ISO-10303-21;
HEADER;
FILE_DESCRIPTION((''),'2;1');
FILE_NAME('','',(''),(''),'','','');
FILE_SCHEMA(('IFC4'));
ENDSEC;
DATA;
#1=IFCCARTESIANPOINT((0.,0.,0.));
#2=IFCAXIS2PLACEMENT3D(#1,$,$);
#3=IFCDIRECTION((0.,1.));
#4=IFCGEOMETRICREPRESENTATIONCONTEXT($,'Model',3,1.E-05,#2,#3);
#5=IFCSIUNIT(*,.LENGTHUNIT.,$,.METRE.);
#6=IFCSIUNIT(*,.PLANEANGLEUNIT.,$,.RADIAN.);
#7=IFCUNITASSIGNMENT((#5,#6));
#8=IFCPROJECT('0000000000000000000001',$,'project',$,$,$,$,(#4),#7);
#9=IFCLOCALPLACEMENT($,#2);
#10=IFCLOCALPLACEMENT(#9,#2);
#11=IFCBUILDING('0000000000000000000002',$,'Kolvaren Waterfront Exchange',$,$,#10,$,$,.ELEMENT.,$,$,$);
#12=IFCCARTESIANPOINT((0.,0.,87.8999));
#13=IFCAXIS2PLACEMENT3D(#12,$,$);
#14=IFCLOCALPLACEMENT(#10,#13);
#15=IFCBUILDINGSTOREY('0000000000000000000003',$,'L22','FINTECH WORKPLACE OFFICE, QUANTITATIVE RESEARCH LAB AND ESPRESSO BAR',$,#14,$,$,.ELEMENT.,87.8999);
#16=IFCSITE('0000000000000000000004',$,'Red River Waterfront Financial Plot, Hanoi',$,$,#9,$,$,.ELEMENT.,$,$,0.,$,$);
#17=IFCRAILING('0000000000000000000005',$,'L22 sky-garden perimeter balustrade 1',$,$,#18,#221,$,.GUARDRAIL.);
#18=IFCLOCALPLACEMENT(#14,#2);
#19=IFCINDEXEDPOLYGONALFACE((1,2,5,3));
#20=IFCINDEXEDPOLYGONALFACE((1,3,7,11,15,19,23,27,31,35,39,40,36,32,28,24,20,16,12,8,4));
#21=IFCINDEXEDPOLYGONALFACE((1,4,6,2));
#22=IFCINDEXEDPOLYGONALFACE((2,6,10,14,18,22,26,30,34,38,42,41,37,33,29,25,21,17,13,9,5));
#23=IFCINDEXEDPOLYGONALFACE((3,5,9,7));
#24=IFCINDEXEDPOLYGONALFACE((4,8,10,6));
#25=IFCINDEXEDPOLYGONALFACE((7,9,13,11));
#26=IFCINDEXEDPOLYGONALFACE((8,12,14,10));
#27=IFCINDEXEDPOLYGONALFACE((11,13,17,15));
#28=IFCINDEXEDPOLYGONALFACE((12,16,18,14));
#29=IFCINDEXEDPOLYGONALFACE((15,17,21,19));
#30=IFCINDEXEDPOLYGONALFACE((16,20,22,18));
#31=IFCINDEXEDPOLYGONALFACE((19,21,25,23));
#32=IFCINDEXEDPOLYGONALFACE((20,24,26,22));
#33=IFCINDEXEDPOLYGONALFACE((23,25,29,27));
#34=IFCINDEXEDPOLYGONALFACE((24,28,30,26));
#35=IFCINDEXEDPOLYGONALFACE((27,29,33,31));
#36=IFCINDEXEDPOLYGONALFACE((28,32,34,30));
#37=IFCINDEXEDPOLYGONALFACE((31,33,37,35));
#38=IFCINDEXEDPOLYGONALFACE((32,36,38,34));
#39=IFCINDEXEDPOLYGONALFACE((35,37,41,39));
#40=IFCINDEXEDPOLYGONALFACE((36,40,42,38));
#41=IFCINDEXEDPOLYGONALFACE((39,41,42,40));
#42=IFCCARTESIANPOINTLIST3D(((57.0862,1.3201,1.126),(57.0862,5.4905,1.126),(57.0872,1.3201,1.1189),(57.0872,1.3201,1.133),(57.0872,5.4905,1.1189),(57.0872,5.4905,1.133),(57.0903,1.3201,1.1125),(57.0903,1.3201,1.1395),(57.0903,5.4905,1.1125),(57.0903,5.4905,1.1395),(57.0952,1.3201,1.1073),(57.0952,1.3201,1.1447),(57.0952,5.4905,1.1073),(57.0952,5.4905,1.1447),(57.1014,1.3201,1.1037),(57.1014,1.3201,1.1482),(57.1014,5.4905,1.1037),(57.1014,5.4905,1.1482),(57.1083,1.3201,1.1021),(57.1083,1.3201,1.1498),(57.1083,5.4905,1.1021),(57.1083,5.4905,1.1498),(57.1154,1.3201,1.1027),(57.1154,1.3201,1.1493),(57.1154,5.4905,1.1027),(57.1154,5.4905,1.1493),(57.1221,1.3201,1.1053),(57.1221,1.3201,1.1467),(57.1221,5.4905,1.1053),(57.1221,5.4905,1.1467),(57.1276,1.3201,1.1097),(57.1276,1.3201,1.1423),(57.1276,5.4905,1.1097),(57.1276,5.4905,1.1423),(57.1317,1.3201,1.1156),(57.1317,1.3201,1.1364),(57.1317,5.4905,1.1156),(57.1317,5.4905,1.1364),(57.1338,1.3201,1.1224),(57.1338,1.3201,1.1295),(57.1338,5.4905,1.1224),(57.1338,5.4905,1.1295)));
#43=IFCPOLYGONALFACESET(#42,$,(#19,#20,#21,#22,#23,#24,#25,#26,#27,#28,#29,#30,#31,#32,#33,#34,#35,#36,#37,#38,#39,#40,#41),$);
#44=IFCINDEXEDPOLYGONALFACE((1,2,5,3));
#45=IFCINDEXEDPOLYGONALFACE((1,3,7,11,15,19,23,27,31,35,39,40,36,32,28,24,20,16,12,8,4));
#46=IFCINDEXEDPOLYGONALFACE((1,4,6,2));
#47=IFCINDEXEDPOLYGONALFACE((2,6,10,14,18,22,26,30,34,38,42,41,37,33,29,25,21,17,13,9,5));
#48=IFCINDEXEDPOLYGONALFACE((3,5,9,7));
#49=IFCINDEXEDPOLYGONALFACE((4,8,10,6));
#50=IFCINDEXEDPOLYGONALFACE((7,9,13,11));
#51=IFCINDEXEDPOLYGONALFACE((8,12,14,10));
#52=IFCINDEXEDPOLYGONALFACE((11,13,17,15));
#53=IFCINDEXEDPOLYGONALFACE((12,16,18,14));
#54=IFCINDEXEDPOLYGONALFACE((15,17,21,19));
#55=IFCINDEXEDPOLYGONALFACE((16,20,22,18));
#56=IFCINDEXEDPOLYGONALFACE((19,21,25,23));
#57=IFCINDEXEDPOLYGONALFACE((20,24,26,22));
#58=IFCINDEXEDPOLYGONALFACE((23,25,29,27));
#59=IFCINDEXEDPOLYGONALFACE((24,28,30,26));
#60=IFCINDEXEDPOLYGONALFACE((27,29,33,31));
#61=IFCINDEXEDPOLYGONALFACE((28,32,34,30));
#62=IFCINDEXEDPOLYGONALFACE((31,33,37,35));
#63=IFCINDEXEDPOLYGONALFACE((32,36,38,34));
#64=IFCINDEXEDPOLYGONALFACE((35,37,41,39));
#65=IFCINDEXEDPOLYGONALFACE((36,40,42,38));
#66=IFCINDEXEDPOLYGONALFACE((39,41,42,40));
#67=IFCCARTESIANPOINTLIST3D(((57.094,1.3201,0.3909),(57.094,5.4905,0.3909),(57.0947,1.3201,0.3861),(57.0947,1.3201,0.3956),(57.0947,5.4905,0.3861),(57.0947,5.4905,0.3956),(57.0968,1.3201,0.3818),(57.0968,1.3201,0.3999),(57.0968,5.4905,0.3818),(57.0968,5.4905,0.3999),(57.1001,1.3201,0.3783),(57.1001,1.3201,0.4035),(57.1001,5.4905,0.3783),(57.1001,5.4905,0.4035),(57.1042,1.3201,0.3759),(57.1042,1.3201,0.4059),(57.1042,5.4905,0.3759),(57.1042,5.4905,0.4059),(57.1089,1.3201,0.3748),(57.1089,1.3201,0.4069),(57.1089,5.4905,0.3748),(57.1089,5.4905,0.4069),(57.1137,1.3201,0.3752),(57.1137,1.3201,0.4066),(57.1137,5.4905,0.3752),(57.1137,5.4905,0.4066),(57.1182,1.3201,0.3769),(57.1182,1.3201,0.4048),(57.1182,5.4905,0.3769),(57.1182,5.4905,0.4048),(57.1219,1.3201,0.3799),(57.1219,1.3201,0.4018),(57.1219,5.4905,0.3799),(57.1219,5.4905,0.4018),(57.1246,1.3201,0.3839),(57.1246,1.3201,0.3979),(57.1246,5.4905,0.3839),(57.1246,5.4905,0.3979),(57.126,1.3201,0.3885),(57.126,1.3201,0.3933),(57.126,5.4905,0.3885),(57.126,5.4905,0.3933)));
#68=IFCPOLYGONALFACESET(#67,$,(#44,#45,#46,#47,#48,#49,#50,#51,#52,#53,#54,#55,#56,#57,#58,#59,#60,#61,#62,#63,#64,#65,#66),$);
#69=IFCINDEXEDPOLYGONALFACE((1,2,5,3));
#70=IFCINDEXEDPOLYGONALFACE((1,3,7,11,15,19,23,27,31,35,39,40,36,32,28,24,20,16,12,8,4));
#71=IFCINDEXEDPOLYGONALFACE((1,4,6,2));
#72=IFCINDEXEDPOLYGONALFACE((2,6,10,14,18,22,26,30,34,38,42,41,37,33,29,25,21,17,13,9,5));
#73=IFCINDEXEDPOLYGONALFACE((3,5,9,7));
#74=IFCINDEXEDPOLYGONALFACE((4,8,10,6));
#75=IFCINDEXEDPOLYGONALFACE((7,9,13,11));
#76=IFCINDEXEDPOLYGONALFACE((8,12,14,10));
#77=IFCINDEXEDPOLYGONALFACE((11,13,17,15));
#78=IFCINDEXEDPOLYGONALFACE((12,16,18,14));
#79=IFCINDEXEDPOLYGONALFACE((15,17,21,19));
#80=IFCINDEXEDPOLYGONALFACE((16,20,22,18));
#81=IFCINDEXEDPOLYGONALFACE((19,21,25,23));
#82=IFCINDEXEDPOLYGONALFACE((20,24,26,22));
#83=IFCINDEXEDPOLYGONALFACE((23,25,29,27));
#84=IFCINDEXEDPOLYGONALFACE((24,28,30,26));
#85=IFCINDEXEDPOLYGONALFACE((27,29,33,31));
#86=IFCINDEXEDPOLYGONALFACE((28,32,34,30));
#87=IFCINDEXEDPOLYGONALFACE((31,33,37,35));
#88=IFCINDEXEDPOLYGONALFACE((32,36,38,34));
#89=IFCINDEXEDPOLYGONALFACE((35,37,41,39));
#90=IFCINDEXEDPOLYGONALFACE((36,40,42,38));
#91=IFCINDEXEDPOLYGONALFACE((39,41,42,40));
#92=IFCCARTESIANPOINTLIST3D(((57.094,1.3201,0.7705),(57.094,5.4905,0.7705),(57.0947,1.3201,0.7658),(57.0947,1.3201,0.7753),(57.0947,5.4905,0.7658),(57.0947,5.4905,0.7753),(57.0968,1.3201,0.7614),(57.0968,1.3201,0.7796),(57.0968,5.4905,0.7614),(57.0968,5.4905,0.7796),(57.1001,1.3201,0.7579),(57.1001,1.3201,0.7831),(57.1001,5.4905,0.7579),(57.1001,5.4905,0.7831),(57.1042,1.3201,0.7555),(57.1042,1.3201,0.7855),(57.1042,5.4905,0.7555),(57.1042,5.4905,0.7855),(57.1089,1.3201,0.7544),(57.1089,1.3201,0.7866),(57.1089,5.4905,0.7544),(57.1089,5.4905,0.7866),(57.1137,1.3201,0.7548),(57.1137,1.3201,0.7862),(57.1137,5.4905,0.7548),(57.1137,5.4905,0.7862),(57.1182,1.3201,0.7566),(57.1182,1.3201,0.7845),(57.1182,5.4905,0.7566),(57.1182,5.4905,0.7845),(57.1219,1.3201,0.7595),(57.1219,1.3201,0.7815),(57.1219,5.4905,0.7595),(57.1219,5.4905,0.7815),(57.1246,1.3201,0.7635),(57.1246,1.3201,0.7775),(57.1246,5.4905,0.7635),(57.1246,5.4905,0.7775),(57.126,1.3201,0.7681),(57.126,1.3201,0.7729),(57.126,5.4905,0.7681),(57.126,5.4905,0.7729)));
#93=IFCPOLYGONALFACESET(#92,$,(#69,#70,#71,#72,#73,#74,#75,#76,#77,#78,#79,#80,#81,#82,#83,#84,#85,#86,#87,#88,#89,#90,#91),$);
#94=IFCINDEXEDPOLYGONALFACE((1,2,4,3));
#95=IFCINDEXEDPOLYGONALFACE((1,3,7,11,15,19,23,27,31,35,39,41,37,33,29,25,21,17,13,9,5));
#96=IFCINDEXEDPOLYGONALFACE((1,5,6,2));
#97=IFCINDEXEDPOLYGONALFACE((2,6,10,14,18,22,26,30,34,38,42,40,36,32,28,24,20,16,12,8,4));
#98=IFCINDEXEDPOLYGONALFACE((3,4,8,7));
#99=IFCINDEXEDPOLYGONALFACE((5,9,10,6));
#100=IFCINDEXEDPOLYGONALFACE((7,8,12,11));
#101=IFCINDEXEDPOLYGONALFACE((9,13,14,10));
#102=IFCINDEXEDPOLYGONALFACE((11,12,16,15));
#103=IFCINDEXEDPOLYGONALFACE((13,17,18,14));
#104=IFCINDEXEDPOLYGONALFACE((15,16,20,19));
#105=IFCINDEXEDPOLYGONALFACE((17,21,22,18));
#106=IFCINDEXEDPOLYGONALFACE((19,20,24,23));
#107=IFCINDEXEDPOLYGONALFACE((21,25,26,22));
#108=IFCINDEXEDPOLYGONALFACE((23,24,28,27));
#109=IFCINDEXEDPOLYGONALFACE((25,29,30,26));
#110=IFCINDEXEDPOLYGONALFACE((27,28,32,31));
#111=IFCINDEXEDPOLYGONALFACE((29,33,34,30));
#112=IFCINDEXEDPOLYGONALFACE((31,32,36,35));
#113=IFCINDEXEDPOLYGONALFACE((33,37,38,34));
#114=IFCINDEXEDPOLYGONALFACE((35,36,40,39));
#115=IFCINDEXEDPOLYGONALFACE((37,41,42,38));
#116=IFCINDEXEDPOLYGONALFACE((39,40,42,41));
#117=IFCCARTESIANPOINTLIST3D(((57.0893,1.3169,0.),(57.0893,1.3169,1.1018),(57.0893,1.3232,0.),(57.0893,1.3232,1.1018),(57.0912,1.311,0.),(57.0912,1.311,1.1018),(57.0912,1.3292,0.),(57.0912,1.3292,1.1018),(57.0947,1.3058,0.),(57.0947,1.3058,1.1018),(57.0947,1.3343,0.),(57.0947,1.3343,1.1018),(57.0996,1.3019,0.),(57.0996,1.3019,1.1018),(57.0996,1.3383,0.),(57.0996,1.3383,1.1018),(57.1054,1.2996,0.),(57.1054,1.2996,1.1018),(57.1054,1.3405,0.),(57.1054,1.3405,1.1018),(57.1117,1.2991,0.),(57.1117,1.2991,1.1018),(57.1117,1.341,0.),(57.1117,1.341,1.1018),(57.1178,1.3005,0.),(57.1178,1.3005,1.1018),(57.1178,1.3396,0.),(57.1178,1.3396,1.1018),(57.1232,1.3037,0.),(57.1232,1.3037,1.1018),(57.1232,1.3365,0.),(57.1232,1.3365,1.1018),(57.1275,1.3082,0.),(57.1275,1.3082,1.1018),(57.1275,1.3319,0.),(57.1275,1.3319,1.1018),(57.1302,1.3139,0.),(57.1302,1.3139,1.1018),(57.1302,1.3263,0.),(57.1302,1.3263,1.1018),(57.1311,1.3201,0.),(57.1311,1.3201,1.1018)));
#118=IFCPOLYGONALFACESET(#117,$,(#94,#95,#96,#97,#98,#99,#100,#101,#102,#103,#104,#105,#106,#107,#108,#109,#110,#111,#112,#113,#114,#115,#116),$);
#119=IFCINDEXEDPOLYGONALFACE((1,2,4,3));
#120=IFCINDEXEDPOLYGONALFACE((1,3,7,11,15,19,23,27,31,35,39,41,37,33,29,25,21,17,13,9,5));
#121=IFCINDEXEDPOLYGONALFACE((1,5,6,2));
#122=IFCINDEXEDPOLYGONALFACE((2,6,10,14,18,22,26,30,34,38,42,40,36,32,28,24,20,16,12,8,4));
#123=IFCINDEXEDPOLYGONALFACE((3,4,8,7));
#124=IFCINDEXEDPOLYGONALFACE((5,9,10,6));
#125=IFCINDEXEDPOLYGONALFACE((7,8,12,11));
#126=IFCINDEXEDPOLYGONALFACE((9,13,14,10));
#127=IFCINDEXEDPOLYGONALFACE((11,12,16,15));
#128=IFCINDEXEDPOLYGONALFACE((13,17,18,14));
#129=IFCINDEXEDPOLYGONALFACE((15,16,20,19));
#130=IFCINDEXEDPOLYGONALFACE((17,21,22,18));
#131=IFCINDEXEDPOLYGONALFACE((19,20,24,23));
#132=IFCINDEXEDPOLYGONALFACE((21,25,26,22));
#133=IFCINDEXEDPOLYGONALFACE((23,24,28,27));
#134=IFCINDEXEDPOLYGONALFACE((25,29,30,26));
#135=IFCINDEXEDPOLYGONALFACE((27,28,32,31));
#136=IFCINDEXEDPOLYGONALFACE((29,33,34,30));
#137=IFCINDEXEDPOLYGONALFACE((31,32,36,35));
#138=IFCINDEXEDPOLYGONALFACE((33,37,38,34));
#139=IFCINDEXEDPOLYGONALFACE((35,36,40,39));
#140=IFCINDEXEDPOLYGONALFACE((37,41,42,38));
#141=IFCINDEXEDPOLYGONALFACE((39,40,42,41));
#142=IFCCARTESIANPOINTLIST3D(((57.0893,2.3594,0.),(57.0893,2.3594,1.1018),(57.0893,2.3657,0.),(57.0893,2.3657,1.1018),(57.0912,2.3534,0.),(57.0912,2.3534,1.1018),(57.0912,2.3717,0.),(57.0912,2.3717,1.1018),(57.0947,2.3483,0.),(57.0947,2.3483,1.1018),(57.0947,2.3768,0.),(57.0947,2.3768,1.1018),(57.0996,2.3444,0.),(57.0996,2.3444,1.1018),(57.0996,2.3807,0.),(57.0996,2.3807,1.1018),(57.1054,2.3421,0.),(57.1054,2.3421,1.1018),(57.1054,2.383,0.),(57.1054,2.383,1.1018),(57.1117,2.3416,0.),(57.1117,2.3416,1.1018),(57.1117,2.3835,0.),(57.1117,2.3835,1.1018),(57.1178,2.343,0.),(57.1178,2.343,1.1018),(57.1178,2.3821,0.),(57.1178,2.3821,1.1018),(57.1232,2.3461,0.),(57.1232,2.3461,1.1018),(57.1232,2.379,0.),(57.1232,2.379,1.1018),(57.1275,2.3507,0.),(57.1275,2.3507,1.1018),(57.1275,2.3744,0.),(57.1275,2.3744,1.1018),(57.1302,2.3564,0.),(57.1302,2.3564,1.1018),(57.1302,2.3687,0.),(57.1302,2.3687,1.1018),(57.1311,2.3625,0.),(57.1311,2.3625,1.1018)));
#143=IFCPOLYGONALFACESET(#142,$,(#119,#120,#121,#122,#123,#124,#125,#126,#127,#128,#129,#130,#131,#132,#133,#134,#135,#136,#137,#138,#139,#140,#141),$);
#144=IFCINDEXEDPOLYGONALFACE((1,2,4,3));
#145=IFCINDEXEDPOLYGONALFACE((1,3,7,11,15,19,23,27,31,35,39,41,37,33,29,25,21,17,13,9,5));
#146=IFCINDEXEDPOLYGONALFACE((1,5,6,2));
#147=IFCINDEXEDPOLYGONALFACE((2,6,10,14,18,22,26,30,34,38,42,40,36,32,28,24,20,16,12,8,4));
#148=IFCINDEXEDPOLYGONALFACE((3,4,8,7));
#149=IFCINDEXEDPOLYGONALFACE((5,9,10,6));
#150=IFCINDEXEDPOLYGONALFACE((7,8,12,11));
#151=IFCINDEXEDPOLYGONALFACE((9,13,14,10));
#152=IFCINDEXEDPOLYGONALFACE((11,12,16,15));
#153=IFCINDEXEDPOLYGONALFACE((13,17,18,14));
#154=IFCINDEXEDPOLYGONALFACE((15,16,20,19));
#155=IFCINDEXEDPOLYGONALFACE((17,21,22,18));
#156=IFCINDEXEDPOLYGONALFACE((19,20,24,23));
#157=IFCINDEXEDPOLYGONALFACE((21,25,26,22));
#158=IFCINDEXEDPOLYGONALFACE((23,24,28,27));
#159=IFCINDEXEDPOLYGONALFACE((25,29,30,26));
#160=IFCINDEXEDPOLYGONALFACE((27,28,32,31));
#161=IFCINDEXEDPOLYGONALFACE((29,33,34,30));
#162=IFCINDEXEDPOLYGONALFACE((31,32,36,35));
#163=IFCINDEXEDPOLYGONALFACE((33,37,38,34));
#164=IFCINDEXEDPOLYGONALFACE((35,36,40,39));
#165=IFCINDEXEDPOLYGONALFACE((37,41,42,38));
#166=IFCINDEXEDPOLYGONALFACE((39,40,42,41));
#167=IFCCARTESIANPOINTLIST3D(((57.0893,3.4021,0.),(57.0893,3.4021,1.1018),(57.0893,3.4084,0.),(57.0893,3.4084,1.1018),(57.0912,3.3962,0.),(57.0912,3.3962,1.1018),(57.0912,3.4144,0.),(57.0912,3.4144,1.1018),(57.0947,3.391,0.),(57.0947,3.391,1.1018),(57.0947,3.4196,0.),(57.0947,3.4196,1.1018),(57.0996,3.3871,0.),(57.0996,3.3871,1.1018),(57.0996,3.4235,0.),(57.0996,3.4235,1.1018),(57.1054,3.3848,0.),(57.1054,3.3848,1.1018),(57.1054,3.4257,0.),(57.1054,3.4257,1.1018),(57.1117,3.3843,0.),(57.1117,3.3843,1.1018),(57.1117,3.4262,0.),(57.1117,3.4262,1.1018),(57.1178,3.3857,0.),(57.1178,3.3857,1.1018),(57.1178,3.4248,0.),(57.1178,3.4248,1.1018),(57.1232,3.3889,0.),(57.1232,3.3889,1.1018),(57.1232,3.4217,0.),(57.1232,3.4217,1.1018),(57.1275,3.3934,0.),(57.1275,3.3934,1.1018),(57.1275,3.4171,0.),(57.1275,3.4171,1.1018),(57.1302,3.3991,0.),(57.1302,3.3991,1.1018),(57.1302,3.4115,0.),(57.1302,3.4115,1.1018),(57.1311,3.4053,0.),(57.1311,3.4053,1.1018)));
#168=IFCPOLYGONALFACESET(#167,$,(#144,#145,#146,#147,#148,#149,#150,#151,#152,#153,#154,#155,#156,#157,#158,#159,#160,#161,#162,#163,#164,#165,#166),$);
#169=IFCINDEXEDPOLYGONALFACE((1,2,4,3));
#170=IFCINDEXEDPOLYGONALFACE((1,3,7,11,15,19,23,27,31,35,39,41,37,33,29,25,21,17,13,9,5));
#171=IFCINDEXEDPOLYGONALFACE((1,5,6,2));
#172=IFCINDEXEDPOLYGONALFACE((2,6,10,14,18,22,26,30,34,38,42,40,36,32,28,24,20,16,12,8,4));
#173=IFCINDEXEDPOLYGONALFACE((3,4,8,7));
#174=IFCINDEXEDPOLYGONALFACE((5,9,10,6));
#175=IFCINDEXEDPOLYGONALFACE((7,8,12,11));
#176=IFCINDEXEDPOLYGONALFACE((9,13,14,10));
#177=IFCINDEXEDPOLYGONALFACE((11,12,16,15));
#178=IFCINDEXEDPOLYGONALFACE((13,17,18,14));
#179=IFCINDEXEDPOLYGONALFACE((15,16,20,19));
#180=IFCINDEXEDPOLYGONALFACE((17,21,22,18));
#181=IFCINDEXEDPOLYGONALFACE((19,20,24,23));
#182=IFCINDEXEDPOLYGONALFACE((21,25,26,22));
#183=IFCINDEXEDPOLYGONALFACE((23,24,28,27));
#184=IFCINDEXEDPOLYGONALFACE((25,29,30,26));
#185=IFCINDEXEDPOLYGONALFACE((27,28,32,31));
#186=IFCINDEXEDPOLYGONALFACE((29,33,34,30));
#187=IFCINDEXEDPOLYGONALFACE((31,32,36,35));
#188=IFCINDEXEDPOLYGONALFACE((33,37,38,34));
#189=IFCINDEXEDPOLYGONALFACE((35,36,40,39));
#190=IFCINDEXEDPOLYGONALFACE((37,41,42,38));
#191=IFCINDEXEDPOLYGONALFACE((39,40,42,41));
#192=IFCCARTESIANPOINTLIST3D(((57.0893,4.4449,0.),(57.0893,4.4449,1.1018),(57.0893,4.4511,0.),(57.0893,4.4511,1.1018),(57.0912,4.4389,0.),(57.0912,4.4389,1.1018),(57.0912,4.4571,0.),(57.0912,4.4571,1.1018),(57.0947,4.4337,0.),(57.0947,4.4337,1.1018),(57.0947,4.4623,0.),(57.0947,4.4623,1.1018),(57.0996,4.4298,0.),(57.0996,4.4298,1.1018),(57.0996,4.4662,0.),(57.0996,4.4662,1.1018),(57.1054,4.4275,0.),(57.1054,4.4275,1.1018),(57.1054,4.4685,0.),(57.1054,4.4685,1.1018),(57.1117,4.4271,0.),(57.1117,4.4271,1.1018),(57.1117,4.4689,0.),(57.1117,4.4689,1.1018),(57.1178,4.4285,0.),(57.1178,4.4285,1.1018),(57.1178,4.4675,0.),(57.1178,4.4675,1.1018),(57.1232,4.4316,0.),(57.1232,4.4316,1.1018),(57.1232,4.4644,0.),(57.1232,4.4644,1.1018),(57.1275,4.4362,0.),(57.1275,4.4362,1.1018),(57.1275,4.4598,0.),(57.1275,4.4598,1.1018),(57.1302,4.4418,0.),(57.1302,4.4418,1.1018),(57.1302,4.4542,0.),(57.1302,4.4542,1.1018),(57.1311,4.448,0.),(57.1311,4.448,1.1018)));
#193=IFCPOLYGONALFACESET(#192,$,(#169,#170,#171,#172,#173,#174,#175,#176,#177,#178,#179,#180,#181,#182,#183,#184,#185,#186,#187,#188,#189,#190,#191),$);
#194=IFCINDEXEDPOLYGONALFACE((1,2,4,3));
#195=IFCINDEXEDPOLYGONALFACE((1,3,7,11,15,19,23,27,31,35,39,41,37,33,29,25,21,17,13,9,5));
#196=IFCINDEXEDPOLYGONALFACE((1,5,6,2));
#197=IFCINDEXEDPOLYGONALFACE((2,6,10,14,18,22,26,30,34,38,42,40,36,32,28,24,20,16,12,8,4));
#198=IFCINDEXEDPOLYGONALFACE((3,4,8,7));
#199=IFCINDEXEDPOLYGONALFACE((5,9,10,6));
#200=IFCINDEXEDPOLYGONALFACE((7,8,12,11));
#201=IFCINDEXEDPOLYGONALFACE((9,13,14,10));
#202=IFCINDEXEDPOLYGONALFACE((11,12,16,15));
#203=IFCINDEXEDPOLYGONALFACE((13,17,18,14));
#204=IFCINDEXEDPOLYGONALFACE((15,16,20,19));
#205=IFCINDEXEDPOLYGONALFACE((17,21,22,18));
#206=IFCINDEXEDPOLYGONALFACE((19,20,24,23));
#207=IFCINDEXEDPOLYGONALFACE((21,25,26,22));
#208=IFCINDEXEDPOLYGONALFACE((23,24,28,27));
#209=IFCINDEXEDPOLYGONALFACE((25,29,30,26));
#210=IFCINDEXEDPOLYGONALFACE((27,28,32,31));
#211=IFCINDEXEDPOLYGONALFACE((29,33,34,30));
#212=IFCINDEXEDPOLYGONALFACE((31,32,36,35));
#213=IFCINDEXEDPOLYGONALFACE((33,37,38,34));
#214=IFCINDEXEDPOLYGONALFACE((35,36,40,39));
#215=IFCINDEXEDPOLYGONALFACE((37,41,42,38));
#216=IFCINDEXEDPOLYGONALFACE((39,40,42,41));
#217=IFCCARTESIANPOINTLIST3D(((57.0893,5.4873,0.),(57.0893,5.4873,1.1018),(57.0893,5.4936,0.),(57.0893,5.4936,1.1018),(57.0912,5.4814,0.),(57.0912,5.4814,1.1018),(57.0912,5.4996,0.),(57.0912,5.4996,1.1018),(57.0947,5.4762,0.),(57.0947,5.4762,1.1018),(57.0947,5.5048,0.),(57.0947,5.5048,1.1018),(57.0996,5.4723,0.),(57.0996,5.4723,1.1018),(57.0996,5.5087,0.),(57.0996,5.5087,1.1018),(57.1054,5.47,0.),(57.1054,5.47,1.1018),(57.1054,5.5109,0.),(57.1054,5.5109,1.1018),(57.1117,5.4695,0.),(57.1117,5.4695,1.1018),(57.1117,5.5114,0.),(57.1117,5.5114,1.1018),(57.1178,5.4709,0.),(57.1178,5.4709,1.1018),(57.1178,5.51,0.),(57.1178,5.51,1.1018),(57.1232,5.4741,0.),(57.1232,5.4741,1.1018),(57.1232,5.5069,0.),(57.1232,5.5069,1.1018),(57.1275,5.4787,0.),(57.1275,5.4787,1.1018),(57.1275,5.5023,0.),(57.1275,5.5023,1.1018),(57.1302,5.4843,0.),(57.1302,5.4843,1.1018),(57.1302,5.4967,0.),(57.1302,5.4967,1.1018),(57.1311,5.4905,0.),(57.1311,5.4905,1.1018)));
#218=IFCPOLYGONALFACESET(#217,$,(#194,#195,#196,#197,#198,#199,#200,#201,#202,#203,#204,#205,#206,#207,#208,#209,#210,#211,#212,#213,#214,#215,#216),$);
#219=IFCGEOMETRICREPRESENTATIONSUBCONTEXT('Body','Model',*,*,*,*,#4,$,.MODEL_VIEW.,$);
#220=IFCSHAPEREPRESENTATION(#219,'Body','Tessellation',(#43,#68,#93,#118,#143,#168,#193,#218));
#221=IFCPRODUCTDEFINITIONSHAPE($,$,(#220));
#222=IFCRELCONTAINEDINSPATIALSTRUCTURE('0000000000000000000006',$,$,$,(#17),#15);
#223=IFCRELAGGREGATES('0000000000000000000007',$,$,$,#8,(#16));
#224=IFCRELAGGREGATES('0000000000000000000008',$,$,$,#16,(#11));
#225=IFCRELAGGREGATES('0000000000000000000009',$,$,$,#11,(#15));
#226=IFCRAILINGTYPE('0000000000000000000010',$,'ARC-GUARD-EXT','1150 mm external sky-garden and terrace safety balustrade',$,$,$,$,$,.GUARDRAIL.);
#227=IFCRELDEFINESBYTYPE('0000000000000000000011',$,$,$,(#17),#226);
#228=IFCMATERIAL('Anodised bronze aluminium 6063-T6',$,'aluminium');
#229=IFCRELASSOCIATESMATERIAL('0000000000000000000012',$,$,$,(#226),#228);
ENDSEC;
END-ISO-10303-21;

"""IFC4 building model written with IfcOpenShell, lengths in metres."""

from ifc_helpers import new_model, si_unit, direction, frame, origin, origin_2d, place, context, subcontext, project, spatial, circle, extrude, material, type_object, element, save


model = new_model("IFC4")

# Units and contexts
model_context = context("Model", 3, precision=1e-05, world=origin(), true_north=direction((0.0, 1.0)))
body_context = subcontext(model_context, "Body", "Model", "MODEL_VIEW")
ifc_project = project(units=[si_unit("LENGTHUNIT", "METRE"), si_unit("PLANEANGLEUNIT", "RADIAN")], contexts=[model_context])

# Site, building, storey
site_placement = place(None, origin())
site = spatial("IfcSite", under=ifc_project, at=site_placement, Name="Red River Waterfront Financial Plot, Hanoi", CompositionType="ELEMENT", RefElevation=0.0)
building_placement = place(site_placement, origin())
building = spatial("IfcBuilding", under=site, at=building_placement, Name="Kolvaren Waterfront Exchange", CompositionType="ELEMENT")
storey_placement = place(building_placement, frame((0.0, 0.0, 87.8999)))
storey = spatial("IfcBuildingStorey", under=building, at=storey_placement, Name="L22", Description="FINTECH WORKPLACE OFFICE, QUANTITATIVE RESEARCH LAB AND ESPRESSO BAR", CompositionType="ELEMENT", Elevation=87.8999)

# Shared definitions
ifc_material_1 = material(Name="Anodised bronze aluminium 6063-T6", Category="aluminium")

# Railing
railing_type = type_object("IfcRailingType", Name="ARC-GUARD-EXT", Description="1150 mm external sky-garden and terrace safety balustrade", PredefinedType="GUARDRAIL", material=ifc_material_1)
railing_1_placement = place(storey_placement, frame((57.1101, 1.3201, 0.0)))
element("IfcRailing", 1, at=railing_1_placement, inside=storey, type_object=railing_type, Name="L22 sky-garden perimeter balustrade 1", PredefinedType="GUARDRAIL", context=body_context, shape_type="SweptSolid", body=[
    extrude(circle(Radius=0.0239, at=origin_2d()), frame((0.0, 0.0, 1.126), z_axis=(0.0, 1.0, 0.0), x_axis=(-1.0, 0.0, 0.0)), (0.0, 0.0, 1.0), 4.1704),
    extrude(circle(Radius=0.0161, at=origin_2d()), frame((0.0, 0.0, 0.3909), z_axis=(0.0, 1.0, 0.0), x_axis=(-1.0, 0.0, 0.0)), (0.0, 0.0, 1.0), 4.1704),
    extrude(circle(Radius=0.0161, at=origin_2d()), frame((0.0, 0.0, 0.7705), z_axis=(0.0, 1.0, 0.0), x_axis=(-1.0, 0.0, 0.0)), (0.0, 0.0, 1.0), 4.1704),
    extrude(circle(Radius=0.021, at=origin_2d()), origin(), (0.0, 0.0, 1.0), 1.1018),
    extrude(circle(Radius=0.021, at=origin_2d()), frame((0.0, 1.0425, 0.0)), (0.0, 0.0, 1.0), 1.1018),
    extrude(circle(Radius=0.021, at=origin_2d()), frame((0.0, 2.0852, 0.0)), (0.0, 0.0, 1.0), 1.1018),
    extrude(circle(Radius=0.021, at=origin_2d()), frame((0.0, 3.1279, 0.0)), (0.0, 0.0, 1.0), 1.1018),
    extrude(circle(Radius=0.021, at=origin_2d()), frame((0.0, 4.1704, 0.0)), (0.0, 0.0, 1.0), 1.1018),
])

save(model, "model.ifc")
